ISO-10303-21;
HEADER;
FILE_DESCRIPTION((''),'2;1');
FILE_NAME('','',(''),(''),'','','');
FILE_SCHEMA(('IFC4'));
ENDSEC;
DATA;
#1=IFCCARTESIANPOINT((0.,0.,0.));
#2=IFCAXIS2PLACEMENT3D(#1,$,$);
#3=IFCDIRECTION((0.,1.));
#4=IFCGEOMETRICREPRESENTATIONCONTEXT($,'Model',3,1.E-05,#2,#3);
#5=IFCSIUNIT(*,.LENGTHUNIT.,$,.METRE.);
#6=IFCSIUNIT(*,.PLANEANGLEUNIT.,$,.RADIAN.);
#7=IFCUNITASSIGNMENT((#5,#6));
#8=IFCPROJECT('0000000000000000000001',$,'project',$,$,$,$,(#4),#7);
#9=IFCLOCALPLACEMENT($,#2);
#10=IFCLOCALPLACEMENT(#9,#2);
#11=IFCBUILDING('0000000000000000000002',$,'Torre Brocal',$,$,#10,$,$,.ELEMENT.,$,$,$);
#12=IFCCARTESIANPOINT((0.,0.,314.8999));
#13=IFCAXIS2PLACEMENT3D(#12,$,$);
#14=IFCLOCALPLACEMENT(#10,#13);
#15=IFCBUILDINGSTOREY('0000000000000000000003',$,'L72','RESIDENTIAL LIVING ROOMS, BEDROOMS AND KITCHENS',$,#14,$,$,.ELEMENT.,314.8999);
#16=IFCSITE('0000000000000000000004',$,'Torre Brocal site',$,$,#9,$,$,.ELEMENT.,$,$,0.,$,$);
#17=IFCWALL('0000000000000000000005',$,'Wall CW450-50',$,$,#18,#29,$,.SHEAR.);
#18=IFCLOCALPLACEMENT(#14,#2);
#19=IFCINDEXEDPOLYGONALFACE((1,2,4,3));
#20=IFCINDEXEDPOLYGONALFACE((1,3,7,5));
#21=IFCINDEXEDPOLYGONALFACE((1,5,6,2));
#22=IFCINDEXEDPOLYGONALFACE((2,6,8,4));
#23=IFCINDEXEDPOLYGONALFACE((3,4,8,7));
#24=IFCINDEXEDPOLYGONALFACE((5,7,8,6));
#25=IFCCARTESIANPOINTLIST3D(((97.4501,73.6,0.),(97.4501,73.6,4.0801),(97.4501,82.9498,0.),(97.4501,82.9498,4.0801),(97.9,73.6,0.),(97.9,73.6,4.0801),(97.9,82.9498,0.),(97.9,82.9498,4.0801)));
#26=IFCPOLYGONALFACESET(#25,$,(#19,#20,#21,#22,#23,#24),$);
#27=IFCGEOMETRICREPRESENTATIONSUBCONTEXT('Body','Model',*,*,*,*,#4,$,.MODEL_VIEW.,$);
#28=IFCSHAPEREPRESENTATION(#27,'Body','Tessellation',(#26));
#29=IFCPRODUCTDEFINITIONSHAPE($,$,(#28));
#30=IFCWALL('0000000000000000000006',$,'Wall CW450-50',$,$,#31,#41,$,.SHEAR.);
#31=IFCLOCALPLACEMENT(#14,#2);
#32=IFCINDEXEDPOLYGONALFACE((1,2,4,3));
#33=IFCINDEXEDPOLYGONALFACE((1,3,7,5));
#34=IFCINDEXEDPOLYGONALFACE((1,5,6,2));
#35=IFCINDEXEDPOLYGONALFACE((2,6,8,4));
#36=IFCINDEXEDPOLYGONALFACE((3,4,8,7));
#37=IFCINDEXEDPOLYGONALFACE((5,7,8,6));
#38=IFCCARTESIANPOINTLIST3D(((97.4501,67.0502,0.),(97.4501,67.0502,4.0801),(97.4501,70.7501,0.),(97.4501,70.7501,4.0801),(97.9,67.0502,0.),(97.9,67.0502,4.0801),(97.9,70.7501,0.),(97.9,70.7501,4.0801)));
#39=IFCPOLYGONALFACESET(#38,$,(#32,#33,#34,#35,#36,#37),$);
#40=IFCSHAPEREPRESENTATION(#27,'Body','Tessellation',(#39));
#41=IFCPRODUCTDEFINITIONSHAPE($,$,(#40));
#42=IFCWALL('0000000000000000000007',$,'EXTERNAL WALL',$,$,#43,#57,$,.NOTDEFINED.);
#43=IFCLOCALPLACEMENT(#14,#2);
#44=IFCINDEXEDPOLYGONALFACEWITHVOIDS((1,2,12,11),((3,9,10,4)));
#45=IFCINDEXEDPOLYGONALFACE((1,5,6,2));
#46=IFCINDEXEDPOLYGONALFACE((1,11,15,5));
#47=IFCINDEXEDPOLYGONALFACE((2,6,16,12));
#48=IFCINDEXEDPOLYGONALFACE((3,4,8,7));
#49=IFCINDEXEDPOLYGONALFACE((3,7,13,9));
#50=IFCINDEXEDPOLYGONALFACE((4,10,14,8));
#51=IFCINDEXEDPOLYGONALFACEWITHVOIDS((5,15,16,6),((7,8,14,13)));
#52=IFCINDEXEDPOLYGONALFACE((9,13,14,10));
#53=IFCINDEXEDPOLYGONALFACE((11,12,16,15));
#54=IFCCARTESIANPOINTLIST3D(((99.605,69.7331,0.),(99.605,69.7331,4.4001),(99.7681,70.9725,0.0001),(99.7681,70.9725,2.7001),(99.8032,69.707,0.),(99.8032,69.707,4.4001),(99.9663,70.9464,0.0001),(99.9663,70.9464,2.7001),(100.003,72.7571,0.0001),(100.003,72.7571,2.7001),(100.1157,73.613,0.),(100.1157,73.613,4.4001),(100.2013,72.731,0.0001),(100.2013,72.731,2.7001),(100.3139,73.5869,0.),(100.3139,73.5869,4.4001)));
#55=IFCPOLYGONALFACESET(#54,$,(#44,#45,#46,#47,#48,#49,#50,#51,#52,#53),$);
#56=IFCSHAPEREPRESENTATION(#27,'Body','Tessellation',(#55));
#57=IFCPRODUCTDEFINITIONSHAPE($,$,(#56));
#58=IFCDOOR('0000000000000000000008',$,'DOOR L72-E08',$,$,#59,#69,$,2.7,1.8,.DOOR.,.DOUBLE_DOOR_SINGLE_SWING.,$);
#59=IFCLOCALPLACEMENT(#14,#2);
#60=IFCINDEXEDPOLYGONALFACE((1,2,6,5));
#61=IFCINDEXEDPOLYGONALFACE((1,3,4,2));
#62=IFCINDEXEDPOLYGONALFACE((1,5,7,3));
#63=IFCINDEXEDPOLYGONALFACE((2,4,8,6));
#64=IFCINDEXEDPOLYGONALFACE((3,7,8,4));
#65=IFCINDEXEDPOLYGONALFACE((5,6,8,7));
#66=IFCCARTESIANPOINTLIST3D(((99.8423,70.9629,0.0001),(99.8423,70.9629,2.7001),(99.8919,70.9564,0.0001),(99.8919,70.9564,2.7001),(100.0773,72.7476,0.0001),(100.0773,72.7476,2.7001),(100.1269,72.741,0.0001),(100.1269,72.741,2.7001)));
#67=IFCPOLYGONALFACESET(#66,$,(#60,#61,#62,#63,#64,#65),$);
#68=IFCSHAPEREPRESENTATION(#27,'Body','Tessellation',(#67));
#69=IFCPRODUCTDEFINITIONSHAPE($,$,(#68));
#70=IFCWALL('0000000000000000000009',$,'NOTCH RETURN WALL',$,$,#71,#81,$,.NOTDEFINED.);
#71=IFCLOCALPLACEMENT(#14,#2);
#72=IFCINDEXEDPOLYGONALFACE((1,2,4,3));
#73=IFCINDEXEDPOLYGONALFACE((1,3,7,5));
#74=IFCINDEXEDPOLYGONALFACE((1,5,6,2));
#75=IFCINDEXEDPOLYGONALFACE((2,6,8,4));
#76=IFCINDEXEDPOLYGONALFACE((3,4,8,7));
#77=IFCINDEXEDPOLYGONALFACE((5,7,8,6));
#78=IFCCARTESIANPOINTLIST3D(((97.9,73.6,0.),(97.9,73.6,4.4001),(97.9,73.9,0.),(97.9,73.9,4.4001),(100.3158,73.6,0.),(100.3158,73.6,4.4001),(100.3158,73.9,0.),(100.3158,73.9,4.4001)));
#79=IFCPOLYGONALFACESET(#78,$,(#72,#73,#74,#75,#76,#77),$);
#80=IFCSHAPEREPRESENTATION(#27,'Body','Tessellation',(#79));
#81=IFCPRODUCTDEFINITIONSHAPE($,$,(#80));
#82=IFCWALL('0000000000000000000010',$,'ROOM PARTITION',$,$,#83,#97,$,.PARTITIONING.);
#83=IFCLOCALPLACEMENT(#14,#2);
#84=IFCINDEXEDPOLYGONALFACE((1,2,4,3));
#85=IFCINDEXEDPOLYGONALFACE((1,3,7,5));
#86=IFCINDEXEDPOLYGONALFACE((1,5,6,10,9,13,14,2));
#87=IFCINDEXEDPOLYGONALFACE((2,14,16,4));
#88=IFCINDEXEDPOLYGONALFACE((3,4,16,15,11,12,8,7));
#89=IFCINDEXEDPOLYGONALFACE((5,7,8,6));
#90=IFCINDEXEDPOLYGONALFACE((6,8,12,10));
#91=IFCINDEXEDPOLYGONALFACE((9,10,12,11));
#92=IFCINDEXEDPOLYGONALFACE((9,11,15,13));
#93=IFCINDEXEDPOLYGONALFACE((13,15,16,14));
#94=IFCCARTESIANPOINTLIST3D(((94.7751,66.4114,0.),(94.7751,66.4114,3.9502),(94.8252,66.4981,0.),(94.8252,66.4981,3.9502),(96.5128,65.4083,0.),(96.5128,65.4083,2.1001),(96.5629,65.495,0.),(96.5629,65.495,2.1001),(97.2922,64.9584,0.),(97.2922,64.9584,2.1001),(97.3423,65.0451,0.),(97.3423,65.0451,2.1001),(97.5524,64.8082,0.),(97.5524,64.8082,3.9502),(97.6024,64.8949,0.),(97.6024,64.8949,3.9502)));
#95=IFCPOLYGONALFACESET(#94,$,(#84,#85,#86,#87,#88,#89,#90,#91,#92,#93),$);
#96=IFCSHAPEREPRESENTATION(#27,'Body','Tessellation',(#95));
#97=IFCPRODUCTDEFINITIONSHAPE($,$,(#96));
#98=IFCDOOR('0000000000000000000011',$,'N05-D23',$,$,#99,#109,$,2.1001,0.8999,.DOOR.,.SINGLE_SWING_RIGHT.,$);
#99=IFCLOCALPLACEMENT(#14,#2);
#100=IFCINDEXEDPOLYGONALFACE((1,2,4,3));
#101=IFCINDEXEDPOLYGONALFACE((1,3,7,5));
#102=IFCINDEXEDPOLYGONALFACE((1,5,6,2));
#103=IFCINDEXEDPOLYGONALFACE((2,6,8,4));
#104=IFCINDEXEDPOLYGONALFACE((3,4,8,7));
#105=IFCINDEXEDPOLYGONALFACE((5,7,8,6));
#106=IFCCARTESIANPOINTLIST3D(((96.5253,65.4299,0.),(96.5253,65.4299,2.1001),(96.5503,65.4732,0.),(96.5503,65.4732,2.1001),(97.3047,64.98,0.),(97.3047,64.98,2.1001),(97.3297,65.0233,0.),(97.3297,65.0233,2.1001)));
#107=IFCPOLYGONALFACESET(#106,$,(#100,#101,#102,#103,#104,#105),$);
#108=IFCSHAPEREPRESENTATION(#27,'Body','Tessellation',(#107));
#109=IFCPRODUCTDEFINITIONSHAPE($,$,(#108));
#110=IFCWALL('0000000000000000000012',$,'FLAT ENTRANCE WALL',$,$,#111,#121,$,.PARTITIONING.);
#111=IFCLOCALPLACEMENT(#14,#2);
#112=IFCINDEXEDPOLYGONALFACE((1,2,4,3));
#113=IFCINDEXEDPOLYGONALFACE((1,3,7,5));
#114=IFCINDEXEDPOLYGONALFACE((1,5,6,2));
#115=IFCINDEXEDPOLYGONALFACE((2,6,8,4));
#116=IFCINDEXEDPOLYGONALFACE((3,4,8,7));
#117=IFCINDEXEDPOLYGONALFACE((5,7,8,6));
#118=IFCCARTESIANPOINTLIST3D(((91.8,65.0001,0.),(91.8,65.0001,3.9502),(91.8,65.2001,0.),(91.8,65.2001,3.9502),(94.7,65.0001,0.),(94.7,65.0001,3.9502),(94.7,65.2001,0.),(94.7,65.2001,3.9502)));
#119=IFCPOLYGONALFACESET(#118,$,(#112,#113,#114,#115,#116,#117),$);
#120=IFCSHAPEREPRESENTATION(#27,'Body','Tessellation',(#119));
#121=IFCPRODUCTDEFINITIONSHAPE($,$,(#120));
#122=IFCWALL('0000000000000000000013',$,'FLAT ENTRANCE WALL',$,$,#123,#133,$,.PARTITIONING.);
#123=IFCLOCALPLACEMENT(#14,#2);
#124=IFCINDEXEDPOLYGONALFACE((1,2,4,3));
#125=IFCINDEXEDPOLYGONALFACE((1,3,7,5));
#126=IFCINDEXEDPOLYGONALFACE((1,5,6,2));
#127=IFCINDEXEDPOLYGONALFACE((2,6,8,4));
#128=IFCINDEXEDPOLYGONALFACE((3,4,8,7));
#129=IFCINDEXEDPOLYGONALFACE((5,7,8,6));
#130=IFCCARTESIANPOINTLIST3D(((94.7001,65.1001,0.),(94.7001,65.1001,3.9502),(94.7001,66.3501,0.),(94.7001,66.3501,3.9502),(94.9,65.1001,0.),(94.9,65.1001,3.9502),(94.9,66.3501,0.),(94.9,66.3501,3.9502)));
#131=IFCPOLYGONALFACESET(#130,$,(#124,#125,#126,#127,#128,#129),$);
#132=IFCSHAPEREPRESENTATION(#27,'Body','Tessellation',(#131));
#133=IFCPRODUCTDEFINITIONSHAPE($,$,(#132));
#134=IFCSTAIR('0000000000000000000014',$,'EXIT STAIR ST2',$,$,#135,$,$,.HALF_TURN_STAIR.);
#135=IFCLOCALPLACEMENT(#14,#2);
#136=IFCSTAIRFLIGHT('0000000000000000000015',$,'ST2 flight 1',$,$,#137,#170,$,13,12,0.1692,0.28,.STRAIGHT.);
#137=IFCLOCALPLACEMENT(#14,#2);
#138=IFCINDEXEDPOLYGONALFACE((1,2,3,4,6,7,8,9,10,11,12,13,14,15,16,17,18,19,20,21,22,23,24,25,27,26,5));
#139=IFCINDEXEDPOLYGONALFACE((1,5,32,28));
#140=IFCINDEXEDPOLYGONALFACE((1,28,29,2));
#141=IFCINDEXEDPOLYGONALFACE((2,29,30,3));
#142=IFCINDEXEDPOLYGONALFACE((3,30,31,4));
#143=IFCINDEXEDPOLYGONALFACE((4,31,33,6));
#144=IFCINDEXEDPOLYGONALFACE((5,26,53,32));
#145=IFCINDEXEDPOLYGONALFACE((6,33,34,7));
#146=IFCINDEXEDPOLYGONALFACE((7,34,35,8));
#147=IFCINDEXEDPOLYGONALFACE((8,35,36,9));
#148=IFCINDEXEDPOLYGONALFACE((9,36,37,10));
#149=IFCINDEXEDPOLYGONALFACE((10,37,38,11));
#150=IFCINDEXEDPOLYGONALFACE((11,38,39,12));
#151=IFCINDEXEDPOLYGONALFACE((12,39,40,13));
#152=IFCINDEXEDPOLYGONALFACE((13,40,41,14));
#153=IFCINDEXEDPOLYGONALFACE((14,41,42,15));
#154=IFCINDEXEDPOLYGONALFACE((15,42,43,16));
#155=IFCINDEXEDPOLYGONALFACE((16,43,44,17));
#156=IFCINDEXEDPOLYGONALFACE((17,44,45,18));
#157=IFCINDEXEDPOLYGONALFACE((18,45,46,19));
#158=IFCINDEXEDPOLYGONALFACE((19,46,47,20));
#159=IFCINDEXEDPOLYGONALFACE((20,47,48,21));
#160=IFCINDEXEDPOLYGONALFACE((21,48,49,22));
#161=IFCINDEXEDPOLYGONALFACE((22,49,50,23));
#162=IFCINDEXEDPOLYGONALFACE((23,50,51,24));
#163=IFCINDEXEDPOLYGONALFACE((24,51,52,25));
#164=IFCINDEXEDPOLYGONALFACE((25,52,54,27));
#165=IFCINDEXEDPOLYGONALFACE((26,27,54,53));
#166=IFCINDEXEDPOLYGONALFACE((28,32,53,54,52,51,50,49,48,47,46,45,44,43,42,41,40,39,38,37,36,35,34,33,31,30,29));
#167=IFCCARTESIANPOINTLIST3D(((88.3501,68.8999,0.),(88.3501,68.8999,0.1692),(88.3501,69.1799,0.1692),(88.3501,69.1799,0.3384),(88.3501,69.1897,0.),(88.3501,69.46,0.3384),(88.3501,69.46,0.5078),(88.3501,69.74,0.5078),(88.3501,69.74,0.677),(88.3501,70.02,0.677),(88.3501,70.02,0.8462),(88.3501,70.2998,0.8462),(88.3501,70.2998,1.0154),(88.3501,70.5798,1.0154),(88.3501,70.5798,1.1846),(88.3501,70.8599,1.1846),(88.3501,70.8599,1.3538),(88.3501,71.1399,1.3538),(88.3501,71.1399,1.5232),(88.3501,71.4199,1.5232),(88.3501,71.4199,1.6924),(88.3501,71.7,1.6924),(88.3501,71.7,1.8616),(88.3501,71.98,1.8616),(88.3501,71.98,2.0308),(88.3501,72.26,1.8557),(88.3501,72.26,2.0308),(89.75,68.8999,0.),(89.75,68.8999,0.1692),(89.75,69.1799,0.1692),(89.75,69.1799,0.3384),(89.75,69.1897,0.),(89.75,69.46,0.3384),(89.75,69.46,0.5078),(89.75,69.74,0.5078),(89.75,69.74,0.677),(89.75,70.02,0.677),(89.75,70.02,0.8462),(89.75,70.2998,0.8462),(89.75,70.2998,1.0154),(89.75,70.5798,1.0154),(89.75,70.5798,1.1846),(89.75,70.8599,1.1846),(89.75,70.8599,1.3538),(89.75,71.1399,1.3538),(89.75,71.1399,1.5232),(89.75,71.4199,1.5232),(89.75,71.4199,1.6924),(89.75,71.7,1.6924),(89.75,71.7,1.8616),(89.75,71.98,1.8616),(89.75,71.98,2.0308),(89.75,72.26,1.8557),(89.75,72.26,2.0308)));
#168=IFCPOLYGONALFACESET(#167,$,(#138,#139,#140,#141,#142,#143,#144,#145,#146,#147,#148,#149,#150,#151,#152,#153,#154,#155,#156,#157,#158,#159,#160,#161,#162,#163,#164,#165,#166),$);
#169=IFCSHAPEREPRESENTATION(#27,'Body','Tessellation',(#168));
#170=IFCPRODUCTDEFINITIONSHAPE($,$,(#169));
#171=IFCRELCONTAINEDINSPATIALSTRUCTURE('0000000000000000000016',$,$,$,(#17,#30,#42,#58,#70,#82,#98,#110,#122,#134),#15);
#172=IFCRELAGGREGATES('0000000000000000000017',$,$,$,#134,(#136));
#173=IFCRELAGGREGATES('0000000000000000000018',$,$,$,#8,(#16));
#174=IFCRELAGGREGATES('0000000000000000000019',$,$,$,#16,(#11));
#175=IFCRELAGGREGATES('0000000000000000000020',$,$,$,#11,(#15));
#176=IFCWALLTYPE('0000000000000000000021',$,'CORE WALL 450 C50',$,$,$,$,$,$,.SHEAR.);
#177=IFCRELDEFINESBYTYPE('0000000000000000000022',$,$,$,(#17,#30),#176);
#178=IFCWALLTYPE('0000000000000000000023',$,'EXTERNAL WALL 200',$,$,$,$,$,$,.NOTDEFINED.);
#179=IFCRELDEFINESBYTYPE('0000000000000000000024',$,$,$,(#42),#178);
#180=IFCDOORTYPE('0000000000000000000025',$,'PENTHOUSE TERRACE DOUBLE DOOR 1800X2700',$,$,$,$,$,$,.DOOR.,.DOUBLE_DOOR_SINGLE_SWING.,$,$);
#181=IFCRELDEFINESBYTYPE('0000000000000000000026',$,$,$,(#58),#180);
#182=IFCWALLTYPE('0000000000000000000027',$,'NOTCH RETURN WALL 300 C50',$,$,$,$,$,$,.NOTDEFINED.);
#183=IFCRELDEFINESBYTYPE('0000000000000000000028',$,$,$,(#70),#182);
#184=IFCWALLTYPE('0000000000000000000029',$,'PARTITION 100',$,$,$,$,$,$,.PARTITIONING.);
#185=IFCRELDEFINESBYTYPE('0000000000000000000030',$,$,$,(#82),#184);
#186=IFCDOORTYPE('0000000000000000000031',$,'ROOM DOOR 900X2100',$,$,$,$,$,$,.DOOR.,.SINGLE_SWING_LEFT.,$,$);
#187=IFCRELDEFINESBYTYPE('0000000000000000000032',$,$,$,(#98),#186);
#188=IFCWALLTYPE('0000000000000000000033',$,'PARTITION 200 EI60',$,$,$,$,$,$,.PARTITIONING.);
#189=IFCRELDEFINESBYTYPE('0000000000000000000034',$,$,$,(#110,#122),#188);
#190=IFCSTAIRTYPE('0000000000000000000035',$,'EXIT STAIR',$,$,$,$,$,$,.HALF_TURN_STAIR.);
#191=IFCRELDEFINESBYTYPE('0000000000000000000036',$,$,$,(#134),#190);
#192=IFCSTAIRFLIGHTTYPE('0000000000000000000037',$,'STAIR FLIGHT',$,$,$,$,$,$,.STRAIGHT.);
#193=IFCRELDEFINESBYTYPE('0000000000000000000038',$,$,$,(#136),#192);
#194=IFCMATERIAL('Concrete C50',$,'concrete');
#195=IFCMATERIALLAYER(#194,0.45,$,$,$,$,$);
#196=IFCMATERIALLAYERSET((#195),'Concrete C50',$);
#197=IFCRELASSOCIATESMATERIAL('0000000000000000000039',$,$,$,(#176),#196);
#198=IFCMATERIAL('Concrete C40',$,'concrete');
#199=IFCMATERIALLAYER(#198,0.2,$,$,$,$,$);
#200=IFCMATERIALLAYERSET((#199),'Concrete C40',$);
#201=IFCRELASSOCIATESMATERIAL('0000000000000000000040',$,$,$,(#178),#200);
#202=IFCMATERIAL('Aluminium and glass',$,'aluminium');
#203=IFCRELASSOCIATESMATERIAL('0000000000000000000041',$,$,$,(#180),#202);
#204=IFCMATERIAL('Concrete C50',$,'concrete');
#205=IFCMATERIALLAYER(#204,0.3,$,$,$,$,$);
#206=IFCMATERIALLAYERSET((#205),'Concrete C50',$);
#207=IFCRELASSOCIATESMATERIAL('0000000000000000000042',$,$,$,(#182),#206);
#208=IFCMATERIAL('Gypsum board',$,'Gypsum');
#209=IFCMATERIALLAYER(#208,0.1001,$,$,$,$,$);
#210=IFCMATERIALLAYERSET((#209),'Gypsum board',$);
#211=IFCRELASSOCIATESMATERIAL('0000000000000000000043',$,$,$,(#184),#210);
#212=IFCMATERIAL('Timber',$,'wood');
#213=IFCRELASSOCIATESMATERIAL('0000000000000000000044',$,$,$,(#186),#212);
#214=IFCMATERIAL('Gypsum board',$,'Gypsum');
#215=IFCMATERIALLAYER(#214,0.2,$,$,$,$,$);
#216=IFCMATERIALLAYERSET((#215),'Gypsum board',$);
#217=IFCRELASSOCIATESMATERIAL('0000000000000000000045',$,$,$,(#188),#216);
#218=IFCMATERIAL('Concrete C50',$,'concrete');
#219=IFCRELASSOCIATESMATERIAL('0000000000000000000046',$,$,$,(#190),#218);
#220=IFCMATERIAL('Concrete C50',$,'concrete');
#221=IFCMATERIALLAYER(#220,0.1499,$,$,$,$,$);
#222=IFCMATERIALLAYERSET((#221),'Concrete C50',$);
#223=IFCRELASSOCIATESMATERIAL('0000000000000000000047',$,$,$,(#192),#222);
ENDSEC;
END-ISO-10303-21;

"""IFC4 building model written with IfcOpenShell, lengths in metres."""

from ifc_helpers import new_model, si_unit, direction, frame, frame_2d, origin, place, context, subcontext, project, spatial, polyline, rectangle, outline, extrude, material, layer, layer_set, type_object, element, fill, aggregate, save


model = new_model("IFC4")

# Units and contexts
model_context = context("Model", 3, precision=1e-05, world=origin(), true_north=direction((0.0, 1.0)))
body_context = subcontext(model_context, "Body", "Model", "MODEL_VIEW")
ifc_project = project(units=[si_unit("LENGTHUNIT", "METRE"), si_unit("PLANEANGLEUNIT", "RADIAN")], contexts=[model_context])

# Site, building, storey
site_placement = place(None, origin())
site = spatial("IfcSite", under=ifc_project, at=site_placement, Name="Torre Brocal site", CompositionType="ELEMENT", RefElevation=0.0)
building_placement = place(site_placement, origin())
building = spatial("IfcBuilding", under=site, at=building_placement, Name="Torre Brocal", CompositionType="ELEMENT")
storey_placement = place(building_placement, frame((0.0, 0.0, 314.8999)))
storey = spatial("IfcBuildingStorey", under=building, at=storey_placement, Name="L72", Description="RESIDENTIAL LIVING ROOMS, BEDROOMS AND KITCHENS", CompositionType="ELEMENT", Elevation=314.8999)

# Walls
ifc_material_1 = material(Name="Concrete C50", Category="concrete")
ifc_layer_1 = layer(ifc_material_1, 0.45)
ifc_layer_set_1 = layer_set([ifc_layer_1], Name="Concrete C50")
wall_type_1 = type_object("IfcWallType", Name="CORE WALL 450 C50", PredefinedType="SHEAR", material=ifc_layer_set_1)
wall_1_placement = place(storey_placement, frame((97.675, 73.6001, 0.0), z_axis=(0.0, 0.0, 1.0), x_axis=(0.0, 1.0, 0.0)))
element("IfcWall", 1, at=wall_1_placement, inside=storey, type_object=wall_type_1, Name="Wall CW450-50", PredefinedType="SHEAR", context=body_context, shape_type="SweptSolid", body=[
    extrude(rectangle(XDim=9.3499, YDim=0.45, at=frame_2d((4.6748, 0.0))), origin(), (0.0, 0.0, 1.0), 4.0801),
])
wall_2_placement = place(storey_placement, frame((97.675, 67.05, 0.0), z_axis=(0.0, 0.0, 1.0), x_axis=(0.0, 1.0, 0.0)))
element("IfcWall", 2, at=wall_2_placement, inside=storey, type_object=wall_type_1, Name="Wall CW450-50", PredefinedType="SHEAR", context=body_context, shape_type="SweptSolid", body=[
    extrude(rectangle(XDim=3.7, YDim=0.45, at=frame_2d((1.8501, 0.0))), origin(), (0.0, 0.0, 1.0), 4.0801),
])

# Wall, opening, door
ifc_material_2 = material(Name="Concrete C40", Category="concrete")
ifc_layer_2 = layer(ifc_material_2, 0.2)
ifc_layer_set_2 = layer_set([ifc_layer_2], Name="Concrete C40")
wall_type_2 = type_object("IfcWallType", Name="EXTERNAL WALL 200", PredefinedType="NOTDEFINED", material=ifc_layer_set_2)
wall_3_placement = place(storey_placement, frame((99.7041, 69.7202, 0.0), z_axis=(0.0, 0.0, 1.0), x_axis=(0.130513, 0.991447, 0.0)))
wall_3 = element("IfcWall", 3, at=wall_3_placement, inside=storey, type_object=wall_type_2, Name="EXTERNAL WALL", PredefinedType="NOTDEFINED", context=body_context, shape_type="SweptSolid", body=[
    extrude(rectangle(XDim=3.9133, YDim=0.2, at=frame_2d((1.9565, 0.0))), origin(), (0.0, 0.0, 1.0), 4.4001),
])
opening_1_placement = place(wall_3_placement, frame((1.25, 0.0, 0.0)))
opening_1 = element("IfcOpeningElement", 4, at=opening_1_placement, cuts=wall_3, PredefinedType="OPENING", context=body_context, shape_type="SweptSolid", body=[
    extrude(rectangle(XDim=1.8, YDim=2.7, at=frame_2d((0.8999, 1.3501))), frame((0.0, 0.1099, 0.0), z_axis=(0.0, -1.0, 0.0), x_axis=(1.0, 0.0, 0.0)), (0.0, 0.0, 1.0), 0.22),
])
ifc_material_3 = material(Name="Aluminium and glass", Category="aluminium")
door_type_1 = type_object("IfcDoorType", Name="PENTHOUSE TERRACE DOUBLE DOOR 1800X2700", OperationType="DOUBLE_DOOR_SINGLE_SWING", PredefinedType="DOOR", material=ifc_material_3)
door_1_placement = place(opening_1_placement, frame((1.8, 0.0, 0.0), z_axis=(0.0, 0.0, 1.0), x_axis=(-1.0, 0.0, 0.0)))
door_1 = element("IfcDoor", 5, at=door_1_placement, inside=storey, type_object=door_type_1, Name="DOOR L72-E08", OperationType="DOUBLE_DOOR_SINGLE_SWING", OverallHeight=2.7, OverallWidth=1.8, PredefinedType="DOOR", context=body_context, shape_type="SweptSolid", body=[
    extrude(rectangle(XDim=1.8, YDim=2.7, at=frame_2d((0.8999, 1.3501))), frame((0.0, 0.0249, 0.0), z_axis=(0.0, -1.0, 0.0), x_axis=(1.0, 0.0, 0.0)), (0.0, 0.0, 1.0), 0.05),
])
fill(opening_1, door_1)

# Wall
ifc_material_4 = material(Name="Concrete C50", Category="concrete")
ifc_layer_3 = layer(ifc_material_4, 0.3)
ifc_layer_set_3 = layer_set([ifc_layer_3], Name="Concrete C50")
wall_type_3 = type_object("IfcWallType", Name="NOTCH RETURN WALL 300 C50", PredefinedType="NOTDEFINED", material=ifc_layer_set_3)
wall_4_placement = place(storey_placement, frame((97.8999, 73.75, 0.0), z_axis=(0.0, 0.0, 1.0), x_axis=(1.0, 0.0, 0.0)))
element("IfcWall", 6, at=wall_4_placement, inside=storey, type_object=wall_type_3, Name="NOTCH RETURN WALL", PredefinedType="NOTDEFINED", context=body_context, shape_type="SweptSolid", body=[
    extrude(rectangle(XDim=2.4158, YDim=0.3, at=frame_2d((1.208, 0.0))), origin(), (0.0, 0.0, 1.0), 4.4001),
])

# Wall, opening, door
ifc_material_5 = material(Name="Gypsum board", Category="Gypsum")
ifc_layer_4 = layer(ifc_material_5, 0.1001)
ifc_layer_set_4 = layer_set([ifc_layer_4], Name="Gypsum board")
wall_type_4 = type_object("IfcWallType", Name="PARTITION 100", PredefinedType="PARTITIONING", material=ifc_layer_set_4)
wall_5_placement = place(storey_placement, frame((94.8, 66.4548, 0.0), z_axis=(0.0, 0.0, 1.0), x_axis=(0.866056, -0.499947, 0.0)))
wall_5 = element("IfcWall", 7, at=wall_5_placement, inside=storey, type_object=wall_type_4, Name="ROOM PARTITION", PredefinedType="PARTITIONING", context=body_context, shape_type="SweptSolid", body=[
    extrude(rectangle(XDim=3.2068, YDim=0.1001, at=frame_2d((1.6035, 0.0))), origin(), (0.0, 0.0, 1.0), 3.9502),
])
opening_2_placement = place(wall_5_placement, frame((2.0066, 0.0, 0.0)))
opening_2 = element("IfcOpeningElement", 8, at=opening_2_placement, cuts=wall_5, PredefinedType="OPENING", context=body_context, shape_type="SweptSolid", body=[
    extrude(rectangle(XDim=0.8999, YDim=2.1001, at=frame_2d((0.45, 1.05))), frame((0.0, 0.0601, 0.0), z_axis=(0.0, -1.0, 0.0), x_axis=(1.0, 0.0, 0.0)), (0.0, 0.0, 1.0), 0.1201),
])
ifc_material_6 = material(Name="Timber", Category="wood")
door_type_2 = type_object("IfcDoorType", Name="ROOM DOOR 900X2100", OperationType="SINGLE_SWING_LEFT", PredefinedType="DOOR", material=ifc_material_6)
door_2_placement = place(opening_2_placement, origin())
door_2 = element("IfcDoor", 9, at=door_2_placement, inside=storey, type_object=door_type_2, Name="N05-D23", OperationType="SINGLE_SWING_RIGHT", OverallHeight=2.1001, OverallWidth=0.8999, PredefinedType="DOOR", context=body_context, shape_type="SweptSolid", body=[
    extrude(rectangle(XDim=0.8999, YDim=2.1001, at=frame_2d((0.45, 1.05))), frame((0.0, 0.0249, 0.0), z_axis=(0.0, -1.0, 0.0), x_axis=(1.0, 0.0, 0.0)), (0.0, 0.0, 1.0), 0.05),
])
fill(opening_2, door_2)

# Walls
ifc_material_7 = material(Name="Gypsum board", Category="Gypsum")
ifc_layer_5 = layer(ifc_material_7, 0.2)
ifc_layer_set_5 = layer_set([ifc_layer_5], Name="Gypsum board")
wall_type_5 = type_object("IfcWallType", Name="PARTITION 200 EI60", PredefinedType="PARTITIONING", material=ifc_layer_set_5)
wall_6_placement = place(storey_placement, frame((91.8, 65.1001, 0.0), z_axis=(0.0, 0.0, 1.0), x_axis=(1.0, 0.0, 0.0)))
element("IfcWall", 10, at=wall_6_placement, inside=storey, type_object=wall_type_5, Name="FLAT ENTRANCE WALL", PredefinedType="PARTITIONING", context=body_context, shape_type="SweptSolid", body=[
    extrude(rectangle(XDim=2.8999, YDim=0.2, at=frame_2d((1.45, 0.0))), origin(), (0.0, 0.0, 1.0), 3.9502),
])
wall_7_placement = place(storey_placement, frame((94.8, 65.1001, 0.0), z_axis=(0.0, 0.0, 1.0), x_axis=(0.0, 1.0, 0.0)))
element("IfcWall", 11, at=wall_7_placement, inside=storey, type_object=wall_type_5, Name="FLAT ENTRANCE WALL", PredefinedType="PARTITIONING", context=body_context, shape_type="SweptSolid", body=[
    extrude(rectangle(XDim=1.25, YDim=0.2, at=frame_2d((0.625, 0.0))), origin(), (0.0, 0.0, 1.0), 3.9502),
])

# Stair, stair flight
ifc_material_8 = material(Name="Concrete C50", Category="concrete")
stair_type = type_object("IfcStairType", Name="EXIT STAIR", PredefinedType="HALF_TURN_STAIR", material=ifc_material_8)
stair_placement = place(storey_placement, origin())
stair = element("IfcStair", 12, at=stair_placement, inside=storey, type_object=stair_type, Name="EXIT STAIR ST2", PredefinedType="HALF_TURN_STAIR")
ifc_material_9 = material(Name="Concrete C50", Category="concrete")
ifc_layer_6 = layer(ifc_material_9, 0.1499)
ifc_layer_set_6 = layer_set([ifc_layer_6], Name="Concrete C50")
stair_flight_type = type_object("IfcStairFlightType", Name="STAIR FLIGHT", PredefinedType="STRAIGHT", material=ifc_layer_set_6)
stair_flight_1_placement = place(storey_placement, frame((89.05, 68.8999, 0.0), z_axis=(0.0, 0.0, 1.0), x_axis=(0.0, 1.0, 0.0)))
stair_flight_1 = element("IfcStairFlight", 13, at=stair_flight_1_placement, type_object=stair_flight_type, Name="ST2 flight 1", NumberOfRisers=13, NumberOfTreads=12, PredefinedType="STRAIGHT", RiserHeight=0.1692, TreadLength=0.28, context=body_context, shape_type="SweptSolid", body=[
    extrude(outline(polyline([(0.0, 0.0), (0.0, 0.1692), (0.28, 0.1692), (0.28, 0.3384), (0.5601, 0.3384), (0.5601, 0.5078), (0.8401, 0.5078), (0.8401, 0.677), (1.1201, 0.677), (1.1201, 0.8462), (1.3999, 0.8462), (1.3999, 1.0154), (1.6799, 1.0154), (1.6799, 1.1846), (1.96, 1.1846), (1.96, 1.3538), (2.24, 1.3538), (2.24, 1.5232), (2.52, 1.5232), (2.52, 1.6924), (2.8, 1.6924), (2.8, 1.8616), (3.0801, 1.8616), (3.0801, 2.0308), (3.3601, 2.0308), (3.3601, 2.2), (3.3601, 1.8557), (0.2898, 0.0), (0.0, 0.0)])), frame((0.0, 0.7, 0.0), z_axis=(0.0, -1.0, 0.0), x_axis=(1.0, 0.0, 0.0)), (0.0, 0.0, 1.0), 1.3999),
])
aggregate(stair, [stair_flight_1])

save(model, "model.ifc")
